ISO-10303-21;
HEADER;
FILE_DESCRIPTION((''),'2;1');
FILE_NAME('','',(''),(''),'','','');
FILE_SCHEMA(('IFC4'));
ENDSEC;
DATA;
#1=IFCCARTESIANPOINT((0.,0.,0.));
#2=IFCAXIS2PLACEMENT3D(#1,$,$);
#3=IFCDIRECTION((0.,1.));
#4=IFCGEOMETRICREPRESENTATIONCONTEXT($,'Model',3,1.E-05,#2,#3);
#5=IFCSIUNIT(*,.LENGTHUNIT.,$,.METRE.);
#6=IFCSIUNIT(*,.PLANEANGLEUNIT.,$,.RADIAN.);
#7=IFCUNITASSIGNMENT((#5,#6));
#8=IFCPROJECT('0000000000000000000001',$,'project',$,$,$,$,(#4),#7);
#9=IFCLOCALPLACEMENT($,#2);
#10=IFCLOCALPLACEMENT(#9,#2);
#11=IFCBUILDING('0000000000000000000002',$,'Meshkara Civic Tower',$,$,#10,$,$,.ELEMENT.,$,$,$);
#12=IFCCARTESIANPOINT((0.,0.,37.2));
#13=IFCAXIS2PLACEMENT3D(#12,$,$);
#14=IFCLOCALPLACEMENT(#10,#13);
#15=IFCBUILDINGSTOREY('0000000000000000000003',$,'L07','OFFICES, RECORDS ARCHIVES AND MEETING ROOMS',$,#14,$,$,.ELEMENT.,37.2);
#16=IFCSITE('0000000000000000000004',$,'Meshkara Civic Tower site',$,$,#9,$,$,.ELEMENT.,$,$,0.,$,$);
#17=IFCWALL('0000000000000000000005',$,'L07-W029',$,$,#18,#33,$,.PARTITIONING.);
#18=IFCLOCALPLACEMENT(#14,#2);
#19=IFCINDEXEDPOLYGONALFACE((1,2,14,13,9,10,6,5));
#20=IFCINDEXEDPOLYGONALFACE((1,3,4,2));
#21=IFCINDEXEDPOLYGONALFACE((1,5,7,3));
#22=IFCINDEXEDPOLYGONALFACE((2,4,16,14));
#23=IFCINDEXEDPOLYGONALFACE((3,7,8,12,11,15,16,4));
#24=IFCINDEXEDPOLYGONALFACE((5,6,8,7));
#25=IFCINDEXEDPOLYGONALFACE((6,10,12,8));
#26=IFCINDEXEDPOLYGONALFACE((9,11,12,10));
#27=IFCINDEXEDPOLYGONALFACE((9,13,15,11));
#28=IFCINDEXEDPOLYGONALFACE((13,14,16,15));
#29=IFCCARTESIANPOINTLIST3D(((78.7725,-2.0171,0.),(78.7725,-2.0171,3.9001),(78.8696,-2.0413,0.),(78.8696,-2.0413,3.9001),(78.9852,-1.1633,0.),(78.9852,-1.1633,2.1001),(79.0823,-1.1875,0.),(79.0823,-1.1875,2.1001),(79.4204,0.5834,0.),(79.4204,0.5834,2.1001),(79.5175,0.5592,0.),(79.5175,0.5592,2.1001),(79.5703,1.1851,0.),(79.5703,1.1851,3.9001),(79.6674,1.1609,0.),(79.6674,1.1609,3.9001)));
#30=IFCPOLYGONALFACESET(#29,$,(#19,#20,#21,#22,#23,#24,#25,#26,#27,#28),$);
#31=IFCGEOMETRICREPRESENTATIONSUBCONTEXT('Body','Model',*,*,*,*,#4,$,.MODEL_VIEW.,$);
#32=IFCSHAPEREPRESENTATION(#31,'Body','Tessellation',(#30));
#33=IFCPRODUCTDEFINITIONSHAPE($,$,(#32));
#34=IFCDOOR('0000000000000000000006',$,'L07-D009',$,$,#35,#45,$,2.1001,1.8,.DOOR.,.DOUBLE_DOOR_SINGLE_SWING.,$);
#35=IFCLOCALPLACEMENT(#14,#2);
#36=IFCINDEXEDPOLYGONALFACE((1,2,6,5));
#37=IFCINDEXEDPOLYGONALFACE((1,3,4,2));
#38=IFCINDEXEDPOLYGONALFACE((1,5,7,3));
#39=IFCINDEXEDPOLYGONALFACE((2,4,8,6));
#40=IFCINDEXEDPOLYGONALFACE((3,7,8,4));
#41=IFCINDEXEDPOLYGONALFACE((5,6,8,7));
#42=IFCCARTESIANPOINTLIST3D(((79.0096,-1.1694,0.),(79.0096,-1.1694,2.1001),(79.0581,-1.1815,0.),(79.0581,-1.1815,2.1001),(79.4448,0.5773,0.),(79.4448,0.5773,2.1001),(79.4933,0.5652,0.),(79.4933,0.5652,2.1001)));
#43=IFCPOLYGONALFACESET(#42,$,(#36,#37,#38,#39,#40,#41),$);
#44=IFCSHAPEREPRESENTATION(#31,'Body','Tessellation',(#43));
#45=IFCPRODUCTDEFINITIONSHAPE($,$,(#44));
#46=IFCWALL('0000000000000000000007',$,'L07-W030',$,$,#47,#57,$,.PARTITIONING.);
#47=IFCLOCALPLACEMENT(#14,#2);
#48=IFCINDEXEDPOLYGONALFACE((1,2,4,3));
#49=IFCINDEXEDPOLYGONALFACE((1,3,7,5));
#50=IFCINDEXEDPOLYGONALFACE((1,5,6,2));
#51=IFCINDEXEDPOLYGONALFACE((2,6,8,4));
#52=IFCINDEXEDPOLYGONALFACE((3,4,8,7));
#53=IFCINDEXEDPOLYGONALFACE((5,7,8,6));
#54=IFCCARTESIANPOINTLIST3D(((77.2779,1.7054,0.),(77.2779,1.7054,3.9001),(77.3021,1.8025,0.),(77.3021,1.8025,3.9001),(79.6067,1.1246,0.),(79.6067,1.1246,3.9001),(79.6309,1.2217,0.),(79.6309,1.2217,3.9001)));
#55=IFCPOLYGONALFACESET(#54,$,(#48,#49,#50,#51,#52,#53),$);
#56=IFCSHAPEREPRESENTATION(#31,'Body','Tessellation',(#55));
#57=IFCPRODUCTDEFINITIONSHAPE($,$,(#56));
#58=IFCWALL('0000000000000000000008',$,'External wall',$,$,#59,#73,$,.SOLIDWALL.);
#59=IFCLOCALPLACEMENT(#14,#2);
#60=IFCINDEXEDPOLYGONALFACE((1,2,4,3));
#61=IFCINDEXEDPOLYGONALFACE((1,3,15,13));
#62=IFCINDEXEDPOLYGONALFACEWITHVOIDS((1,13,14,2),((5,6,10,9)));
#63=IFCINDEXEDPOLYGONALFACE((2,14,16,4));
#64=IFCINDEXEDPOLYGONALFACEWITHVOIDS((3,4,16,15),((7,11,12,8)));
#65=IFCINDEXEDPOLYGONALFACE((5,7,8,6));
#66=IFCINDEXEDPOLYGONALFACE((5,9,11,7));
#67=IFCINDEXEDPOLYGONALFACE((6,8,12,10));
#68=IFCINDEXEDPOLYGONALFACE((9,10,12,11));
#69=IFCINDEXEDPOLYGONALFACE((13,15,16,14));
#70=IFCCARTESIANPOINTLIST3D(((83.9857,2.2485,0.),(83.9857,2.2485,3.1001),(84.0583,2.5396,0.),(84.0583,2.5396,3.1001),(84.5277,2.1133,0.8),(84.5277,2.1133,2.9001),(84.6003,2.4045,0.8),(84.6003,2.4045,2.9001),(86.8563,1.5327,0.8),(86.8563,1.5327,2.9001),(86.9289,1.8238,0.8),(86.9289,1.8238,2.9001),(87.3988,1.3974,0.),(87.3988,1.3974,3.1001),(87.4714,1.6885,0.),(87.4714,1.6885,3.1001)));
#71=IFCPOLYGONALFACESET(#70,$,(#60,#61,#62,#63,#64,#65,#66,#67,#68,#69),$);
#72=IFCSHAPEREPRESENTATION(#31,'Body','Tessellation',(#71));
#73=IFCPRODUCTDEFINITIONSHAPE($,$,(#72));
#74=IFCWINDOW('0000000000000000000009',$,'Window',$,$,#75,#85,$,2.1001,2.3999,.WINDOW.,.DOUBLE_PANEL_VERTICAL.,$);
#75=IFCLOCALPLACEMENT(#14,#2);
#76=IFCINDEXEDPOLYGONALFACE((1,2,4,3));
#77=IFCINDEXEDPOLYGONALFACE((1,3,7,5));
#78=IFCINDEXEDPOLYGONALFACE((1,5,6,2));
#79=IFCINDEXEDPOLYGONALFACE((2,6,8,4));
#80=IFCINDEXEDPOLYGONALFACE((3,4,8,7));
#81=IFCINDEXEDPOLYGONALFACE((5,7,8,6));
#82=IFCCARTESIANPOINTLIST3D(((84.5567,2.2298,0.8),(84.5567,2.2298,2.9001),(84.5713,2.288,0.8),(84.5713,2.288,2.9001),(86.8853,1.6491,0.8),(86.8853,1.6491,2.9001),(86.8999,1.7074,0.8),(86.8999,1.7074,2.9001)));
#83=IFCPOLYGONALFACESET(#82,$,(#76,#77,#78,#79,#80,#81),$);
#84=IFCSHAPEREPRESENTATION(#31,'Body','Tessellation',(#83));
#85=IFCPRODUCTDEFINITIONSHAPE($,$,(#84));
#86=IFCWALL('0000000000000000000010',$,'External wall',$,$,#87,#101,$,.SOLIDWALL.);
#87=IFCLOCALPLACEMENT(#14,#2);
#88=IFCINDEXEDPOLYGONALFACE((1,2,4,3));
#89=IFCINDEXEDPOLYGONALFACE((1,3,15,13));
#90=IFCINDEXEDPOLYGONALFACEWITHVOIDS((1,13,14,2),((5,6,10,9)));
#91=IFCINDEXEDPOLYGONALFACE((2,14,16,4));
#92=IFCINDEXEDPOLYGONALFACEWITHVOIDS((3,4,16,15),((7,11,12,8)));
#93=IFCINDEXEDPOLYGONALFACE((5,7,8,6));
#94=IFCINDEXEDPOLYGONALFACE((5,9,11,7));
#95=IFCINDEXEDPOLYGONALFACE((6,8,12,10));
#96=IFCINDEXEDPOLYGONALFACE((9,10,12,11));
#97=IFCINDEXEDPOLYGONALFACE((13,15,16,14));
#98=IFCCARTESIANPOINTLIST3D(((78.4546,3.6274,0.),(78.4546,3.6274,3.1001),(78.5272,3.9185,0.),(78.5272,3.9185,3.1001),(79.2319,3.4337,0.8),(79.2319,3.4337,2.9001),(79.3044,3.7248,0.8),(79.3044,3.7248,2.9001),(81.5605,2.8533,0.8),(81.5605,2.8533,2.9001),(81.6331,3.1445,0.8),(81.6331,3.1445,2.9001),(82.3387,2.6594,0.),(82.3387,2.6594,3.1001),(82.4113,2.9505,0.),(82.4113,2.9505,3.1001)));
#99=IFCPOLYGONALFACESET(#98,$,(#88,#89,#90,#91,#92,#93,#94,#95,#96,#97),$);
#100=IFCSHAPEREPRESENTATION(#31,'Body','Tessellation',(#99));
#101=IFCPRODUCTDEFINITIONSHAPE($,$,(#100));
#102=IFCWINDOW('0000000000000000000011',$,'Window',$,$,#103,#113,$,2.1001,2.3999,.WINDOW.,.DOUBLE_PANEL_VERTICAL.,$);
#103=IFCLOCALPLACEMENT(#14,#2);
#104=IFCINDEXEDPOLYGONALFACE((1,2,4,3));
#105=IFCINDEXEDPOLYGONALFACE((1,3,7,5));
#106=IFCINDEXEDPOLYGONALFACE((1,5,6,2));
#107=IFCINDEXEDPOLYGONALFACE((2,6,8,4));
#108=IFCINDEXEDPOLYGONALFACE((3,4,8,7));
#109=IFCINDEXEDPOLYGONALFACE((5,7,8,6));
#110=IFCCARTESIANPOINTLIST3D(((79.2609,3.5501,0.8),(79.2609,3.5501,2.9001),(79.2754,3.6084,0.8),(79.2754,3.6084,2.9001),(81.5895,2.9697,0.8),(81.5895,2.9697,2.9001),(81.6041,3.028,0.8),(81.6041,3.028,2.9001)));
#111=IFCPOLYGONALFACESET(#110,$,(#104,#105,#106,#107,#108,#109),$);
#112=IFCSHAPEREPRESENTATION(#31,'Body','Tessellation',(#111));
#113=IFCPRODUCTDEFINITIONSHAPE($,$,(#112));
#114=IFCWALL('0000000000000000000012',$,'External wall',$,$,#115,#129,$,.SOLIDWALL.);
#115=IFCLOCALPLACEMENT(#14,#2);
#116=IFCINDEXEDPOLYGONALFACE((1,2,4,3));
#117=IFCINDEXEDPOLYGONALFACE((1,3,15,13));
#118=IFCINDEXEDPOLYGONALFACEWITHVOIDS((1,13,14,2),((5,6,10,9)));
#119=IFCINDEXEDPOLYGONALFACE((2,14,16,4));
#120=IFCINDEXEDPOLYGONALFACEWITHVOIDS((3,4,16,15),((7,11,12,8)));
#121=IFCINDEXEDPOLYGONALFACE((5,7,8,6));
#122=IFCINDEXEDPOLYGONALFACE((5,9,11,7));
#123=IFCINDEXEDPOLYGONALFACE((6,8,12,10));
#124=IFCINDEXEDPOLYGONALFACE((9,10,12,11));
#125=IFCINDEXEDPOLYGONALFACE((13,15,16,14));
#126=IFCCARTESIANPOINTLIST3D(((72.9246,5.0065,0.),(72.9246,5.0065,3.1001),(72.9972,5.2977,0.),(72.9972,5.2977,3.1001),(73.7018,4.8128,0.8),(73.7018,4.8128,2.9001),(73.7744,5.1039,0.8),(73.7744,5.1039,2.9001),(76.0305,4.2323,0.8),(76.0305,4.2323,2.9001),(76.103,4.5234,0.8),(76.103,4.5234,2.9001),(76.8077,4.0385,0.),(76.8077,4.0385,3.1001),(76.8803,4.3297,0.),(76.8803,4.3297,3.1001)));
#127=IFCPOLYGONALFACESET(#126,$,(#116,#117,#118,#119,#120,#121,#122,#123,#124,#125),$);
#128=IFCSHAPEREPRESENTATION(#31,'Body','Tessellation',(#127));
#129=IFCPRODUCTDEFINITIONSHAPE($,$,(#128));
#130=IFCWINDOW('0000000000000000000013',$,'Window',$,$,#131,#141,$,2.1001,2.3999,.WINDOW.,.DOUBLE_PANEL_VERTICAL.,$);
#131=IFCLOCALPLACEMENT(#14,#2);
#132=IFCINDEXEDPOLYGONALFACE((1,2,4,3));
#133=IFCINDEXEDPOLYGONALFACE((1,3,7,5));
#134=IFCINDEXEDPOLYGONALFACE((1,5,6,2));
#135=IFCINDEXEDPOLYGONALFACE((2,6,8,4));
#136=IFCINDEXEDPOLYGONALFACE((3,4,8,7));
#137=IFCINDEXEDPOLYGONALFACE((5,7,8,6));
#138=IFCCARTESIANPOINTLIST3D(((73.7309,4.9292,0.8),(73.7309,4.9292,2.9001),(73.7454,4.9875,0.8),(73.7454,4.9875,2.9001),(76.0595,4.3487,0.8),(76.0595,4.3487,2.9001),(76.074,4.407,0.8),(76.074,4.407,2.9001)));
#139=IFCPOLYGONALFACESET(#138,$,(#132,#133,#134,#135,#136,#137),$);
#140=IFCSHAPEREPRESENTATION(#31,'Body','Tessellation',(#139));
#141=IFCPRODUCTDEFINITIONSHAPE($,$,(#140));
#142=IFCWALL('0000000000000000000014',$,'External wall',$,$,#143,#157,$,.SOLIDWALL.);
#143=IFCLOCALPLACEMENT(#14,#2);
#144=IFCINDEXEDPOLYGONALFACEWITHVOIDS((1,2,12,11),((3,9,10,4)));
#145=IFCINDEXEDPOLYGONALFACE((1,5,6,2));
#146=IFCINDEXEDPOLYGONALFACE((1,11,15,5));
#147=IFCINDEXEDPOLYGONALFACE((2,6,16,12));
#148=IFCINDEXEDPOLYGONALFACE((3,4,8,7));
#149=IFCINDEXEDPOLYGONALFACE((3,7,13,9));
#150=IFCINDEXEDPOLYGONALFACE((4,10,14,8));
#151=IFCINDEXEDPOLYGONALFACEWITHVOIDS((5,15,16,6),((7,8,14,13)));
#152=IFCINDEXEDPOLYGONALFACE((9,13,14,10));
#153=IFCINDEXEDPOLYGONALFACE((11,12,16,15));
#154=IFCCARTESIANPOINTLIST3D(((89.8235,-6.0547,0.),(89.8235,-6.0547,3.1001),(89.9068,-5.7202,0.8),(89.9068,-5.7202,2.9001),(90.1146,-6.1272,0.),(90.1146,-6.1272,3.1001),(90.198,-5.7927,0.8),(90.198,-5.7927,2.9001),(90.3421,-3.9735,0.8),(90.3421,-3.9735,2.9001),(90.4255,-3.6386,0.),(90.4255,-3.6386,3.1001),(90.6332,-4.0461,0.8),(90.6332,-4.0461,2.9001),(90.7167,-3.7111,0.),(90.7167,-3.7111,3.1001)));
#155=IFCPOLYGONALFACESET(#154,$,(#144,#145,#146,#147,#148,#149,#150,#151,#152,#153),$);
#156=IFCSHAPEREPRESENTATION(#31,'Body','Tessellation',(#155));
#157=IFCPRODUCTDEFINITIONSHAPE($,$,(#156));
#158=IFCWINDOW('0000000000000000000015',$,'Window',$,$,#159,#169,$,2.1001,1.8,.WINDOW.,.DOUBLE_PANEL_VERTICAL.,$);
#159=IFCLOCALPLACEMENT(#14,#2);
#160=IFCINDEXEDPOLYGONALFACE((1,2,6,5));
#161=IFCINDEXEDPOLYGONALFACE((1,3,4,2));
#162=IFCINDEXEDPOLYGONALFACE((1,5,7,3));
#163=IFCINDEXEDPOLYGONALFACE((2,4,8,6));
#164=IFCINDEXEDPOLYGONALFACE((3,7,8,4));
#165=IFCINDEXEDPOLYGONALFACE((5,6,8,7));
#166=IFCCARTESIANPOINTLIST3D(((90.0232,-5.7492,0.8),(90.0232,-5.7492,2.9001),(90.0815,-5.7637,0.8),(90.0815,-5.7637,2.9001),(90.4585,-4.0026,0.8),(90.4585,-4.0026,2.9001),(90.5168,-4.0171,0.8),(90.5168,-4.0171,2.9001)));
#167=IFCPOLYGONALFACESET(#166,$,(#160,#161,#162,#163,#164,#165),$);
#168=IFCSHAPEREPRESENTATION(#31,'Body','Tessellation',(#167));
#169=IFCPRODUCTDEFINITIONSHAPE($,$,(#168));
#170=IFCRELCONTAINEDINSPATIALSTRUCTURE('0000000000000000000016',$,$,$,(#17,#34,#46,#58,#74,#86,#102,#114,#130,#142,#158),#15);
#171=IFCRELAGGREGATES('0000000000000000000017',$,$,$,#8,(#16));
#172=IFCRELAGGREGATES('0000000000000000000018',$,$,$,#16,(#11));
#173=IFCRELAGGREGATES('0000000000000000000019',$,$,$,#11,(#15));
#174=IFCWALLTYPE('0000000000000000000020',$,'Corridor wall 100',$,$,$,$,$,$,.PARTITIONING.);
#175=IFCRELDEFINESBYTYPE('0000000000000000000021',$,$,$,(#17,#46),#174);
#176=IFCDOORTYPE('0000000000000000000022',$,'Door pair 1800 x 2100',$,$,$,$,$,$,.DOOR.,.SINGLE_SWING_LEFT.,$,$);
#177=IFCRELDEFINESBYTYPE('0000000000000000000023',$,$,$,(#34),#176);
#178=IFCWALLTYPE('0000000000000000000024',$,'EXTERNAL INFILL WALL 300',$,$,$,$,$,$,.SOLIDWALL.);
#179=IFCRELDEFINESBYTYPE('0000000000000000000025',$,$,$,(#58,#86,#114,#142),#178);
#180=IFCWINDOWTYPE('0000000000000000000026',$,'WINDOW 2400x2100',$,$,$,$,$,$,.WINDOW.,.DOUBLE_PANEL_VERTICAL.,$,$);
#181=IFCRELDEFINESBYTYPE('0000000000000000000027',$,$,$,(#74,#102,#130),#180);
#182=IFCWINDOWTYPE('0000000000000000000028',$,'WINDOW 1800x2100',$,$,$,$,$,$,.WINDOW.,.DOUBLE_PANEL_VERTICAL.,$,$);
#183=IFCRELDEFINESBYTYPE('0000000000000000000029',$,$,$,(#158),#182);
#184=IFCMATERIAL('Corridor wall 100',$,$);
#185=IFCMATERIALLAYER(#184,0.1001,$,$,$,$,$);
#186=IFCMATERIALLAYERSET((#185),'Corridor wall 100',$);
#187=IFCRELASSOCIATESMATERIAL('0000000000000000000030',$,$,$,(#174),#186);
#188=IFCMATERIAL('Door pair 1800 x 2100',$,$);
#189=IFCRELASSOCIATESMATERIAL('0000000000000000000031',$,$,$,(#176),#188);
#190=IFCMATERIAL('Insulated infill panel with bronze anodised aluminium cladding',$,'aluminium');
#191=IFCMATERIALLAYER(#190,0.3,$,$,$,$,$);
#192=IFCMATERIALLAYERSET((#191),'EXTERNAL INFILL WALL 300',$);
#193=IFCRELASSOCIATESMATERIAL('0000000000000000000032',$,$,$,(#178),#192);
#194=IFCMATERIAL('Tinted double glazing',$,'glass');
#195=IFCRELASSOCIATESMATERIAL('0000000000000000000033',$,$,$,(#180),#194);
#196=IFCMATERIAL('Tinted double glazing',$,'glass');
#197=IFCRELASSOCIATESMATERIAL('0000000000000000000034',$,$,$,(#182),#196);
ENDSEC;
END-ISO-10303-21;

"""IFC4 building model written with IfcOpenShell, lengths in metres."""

from ifc_helpers import new_model, si_unit, direction, frame, frame_2d, origin, place, context, subcontext, project, spatial, rectangle, extrude, material, layer, layer_set, type_object, element, fill, save


model = new_model("IFC4")

# Units and contexts
model_context = context("Model", 3, precision=1e-05, world=origin(), true_north=direction((0.0, 1.0)))
body_context = subcontext(model_context, "Body", "Model", "MODEL_VIEW")
ifc_project = project(units=[si_unit("LENGTHUNIT", "METRE"), si_unit("PLANEANGLEUNIT", "RADIAN")], contexts=[model_context])

# Site, building, storey
site_placement = place(None, origin())
site = spatial("IfcSite", under=ifc_project, at=site_placement, Name="Meshkara Civic Tower site", CompositionType="ELEMENT", RefElevation=0.0)
building_placement = place(site_placement, origin())
building = spatial("IfcBuilding", under=site, at=building_placement, Name="Meshkara Civic Tower", CompositionType="ELEMENT")
storey_placement = place(building_placement, frame((0.0, 0.0, 37.2)))
storey = spatial("IfcBuildingStorey", under=building, at=storey_placement, Name="L07", Description="OFFICES, RECORDS ARCHIVES AND MEETING ROOMS", CompositionType="ELEMENT", Elevation=37.2)

# Shared definitions
ifc_material_1 = material(Name="Corridor wall 100")
ifc_layer_1 = layer(ifc_material_1, 0.1001)
ifc_layer_set_1 = layer_set([ifc_layer_1], Name="Corridor wall 100")
wall_type_1 = type_object("IfcWallType", Name="Corridor wall 100", PredefinedType="PARTITIONING", material=ifc_layer_set_1)

# Wall, opening, door
wall_1_placement = place(storey_placement, frame((78.821, -2.0291, 0.0), z_axis=(0.0, 0.0, 1.0), x_axis=(0.24177, 0.970334, 0.0)))
wall_1 = element("IfcWall", 1, at=wall_1_placement, inside=storey, type_object=wall_type_1, Name="L07-W029", PredefinedType="PARTITIONING", context=body_context, shape_type="SweptSolid", body=[
    extrude(rectangle(XDim=3.3, YDim=0.1001, at=frame_2d((1.6499, 0.0))), origin(), (0.0, 0.0, 1.0), 3.9001),
])
opening_1_placement = place(wall_1_placement, frame((0.8799, 0.0, 0.0)))
opening_1 = element("IfcOpeningElement", 2, at=opening_1_placement, cuts=wall_1, PredefinedType="OPENING", context=body_context, shape_type="SweptSolid", body=[
    extrude(rectangle(XDim=1.8, YDim=2.1001, at=frame_2d((0.8999, 1.05))), frame((0.0, 0.0601, 0.0), z_axis=(0.0, -1.0, 0.0), x_axis=(1.0, 0.0, 0.0)), (0.0, 0.0, 1.0), 0.1201),
])
ifc_material_2 = material(Name="Door pair 1800 x 2100")
door_type_1 = type_object("IfcDoorType", Name="Door pair 1800 x 2100", OperationType="SINGLE_SWING_LEFT", PredefinedType="DOOR", material=ifc_material_2)
door_1_placement = place(opening_1_placement, origin())
door_1 = element("IfcDoor", 3, at=door_1_placement, inside=storey, type_object=door_type_1, Name="L07-D009", OperationType="DOUBLE_DOOR_SINGLE_SWING", OverallHeight=2.1001, OverallWidth=1.8, PredefinedType="DOOR", context=body_context, shape_type="SweptSolid", body=[
    extrude(rectangle(XDim=1.8, YDim=2.1001, at=frame_2d((0.8999, 1.05))), frame((0.0, 0.0249, 0.0), z_axis=(0.0, -1.0, 0.0), x_axis=(1.0, 0.0, 0.0)), (0.0, 0.0, 1.0), 0.05),
])
fill(opening_1, door_1)

# Wall
wall_2_placement = place(storey_placement, frame((79.6189, 1.1731, 0.0), z_axis=(0.0, 0.0, 1.0), x_axis=(-0.97028, 0.241985, 0.0)))
element("IfcWall", 4, at=wall_2_placement, inside=storey, type_object=wall_type_1, Name="L07-W030", PredefinedType="PARTITIONING", context=body_context, shape_type="SweptSolid", body=[
    extrude(rectangle(XDim=2.4001, YDim=0.1001, at=frame_2d((1.2002, 0.0))), origin(), (0.0, 0.0, 1.0), 3.9001),
])

# Walls, openings, windows
ifc_material_3 = material(Name="Insulated infill panel with bronze anodised aluminium cladding", Category="aluminium")
ifc_layer_2 = layer(ifc_material_3, 0.3)
ifc_layer_set_2 = layer_set([ifc_layer_2], Name="EXTERNAL INFILL WALL 300")
wall_type_2 = type_object("IfcWallType", Name="EXTERNAL INFILL WALL 300", PredefinedType="SOLIDWALL", material=ifc_layer_set_2)
wall_3_placement = place(storey_placement, frame((87.4351, 1.543, 0.0), z_axis=(0.0, 0.0, 1.0), x_axis=(-0.970289, 0.241948, 0.0)))
wall_3 = element("IfcWall", 5, at=wall_3_placement, inside=storey, type_object=wall_type_2, Name="External wall", PredefinedType="SOLIDWALL", context=body_context, shape_type="SweptSolid", body=[
    extrude(rectangle(XDim=3.5176, YDim=0.3, at=frame_2d((1.7588, 0.0))), origin(), (0.0, 0.0, 1.0), 3.1001),
])
opening_2_placement = place(wall_3_placement, frame((0.5591, 0.0, 0.8)))
opening_2 = element("IfcOpeningElement", 6, at=opening_2_placement, cuts=wall_3, PredefinedType="OPENING", context=body_context, shape_type="SweptSolid", body=[
    extrude(rectangle(XDim=2.3999, YDim=2.1001, at=frame_2d((1.2, 1.05))), frame((0.0, 0.1599, 0.0), z_axis=(0.0, -1.0, 0.0), x_axis=(1.0, 0.0, 0.0)), (0.0, 0.0, 1.0), 0.3201),
])
ifc_material_4 = material(Name="Tinted double glazing", Category="glass")
window_type_1 = type_object("IfcWindowType", Name="WINDOW 2400x2100", PartitioningType="DOUBLE_PANEL_VERTICAL", PredefinedType="WINDOW", material=ifc_material_4)
window_1_placement = place(opening_2_placement, origin())
window_1 = element("IfcWindow", 7, at=window_1_placement, inside=storey, type_object=window_type_1, Name="Window", OverallHeight=2.1001, OverallWidth=2.3999, PartitioningType="DOUBLE_PANEL_VERTICAL", PredefinedType="WINDOW", context=body_context, shape_type="SweptSolid", body=[
    extrude(rectangle(XDim=2.3999, YDim=2.1001, at=frame_2d((1.2, 1.05))), frame((0.0, 0.03, 0.0), z_axis=(0.0, -1.0, 0.0), x_axis=(1.0, 0.0, 0.0)), (0.0, 0.0, 1.0), 0.0601),
])
fill(opening_2, window_1)
wall_4_placement = place(storey_placement, frame((82.375, 2.8049, 0.0), z_axis=(0.0, 0.0, 1.0), x_axis=(-0.970318, 0.241832, 0.0)))
wall_4 = element("IfcWall", 8, at=wall_4_placement, inside=storey, type_object=wall_type_2, Name="External wall", PredefinedType="SOLIDWALL", context=body_context, shape_type="SweptSolid", body=[
    extrude(rectangle(XDim=4.0029, YDim=0.3, at=frame_2d((2.0015, 0.0))), origin(), (0.0, 0.0, 1.0), 3.1001),
])
opening_3_placement = place(wall_4_placement, frame((0.802, 0.0, 0.8)))
opening_3 = element("IfcOpeningElement", 9, at=opening_3_placement, cuts=wall_4, PredefinedType="OPENING", context=body_context, shape_type="SweptSolid", body=[
    extrude(rectangle(XDim=2.3999, YDim=2.1001, at=frame_2d((1.2, 1.05))), frame((0.0, 0.1599, 0.0), z_axis=(0.0, -1.0, 0.0), x_axis=(1.0, 0.0, 0.0)), (0.0, 0.0, 1.0), 0.3201),
])
window_2_placement = place(opening_3_placement, origin())
window_2 = element("IfcWindow", 10, at=window_2_placement, inside=storey, type_object=window_type_1, Name="Window", OverallHeight=2.1001, OverallWidth=2.3999, PartitioningType="DOUBLE_PANEL_VERTICAL", PredefinedType="WINDOW", context=body_context, shape_type="SweptSolid", body=[
    extrude(rectangle(XDim=2.3999, YDim=2.1001, at=frame_2d((1.2, 1.05))), frame((0.0, 0.03, 0.0), z_axis=(0.0, -1.0, 0.0), x_axis=(1.0, 0.0, 0.0)), (0.0, 0.0, 1.0), 0.0601),
])
fill(opening_3, window_2)
wall_5_placement = place(storey_placement, frame((76.844, 4.1841, 0.0), z_axis=(0.0, 0.0, 1.0), x_axis=(-0.970304, 0.24189, 0.0)))
wall_5 = element("IfcWall", 11, at=wall_5_placement, inside=storey, type_object=wall_type_2, Name="External wall", PredefinedType="SOLIDWALL", context=body_context, shape_type="SweptSolid", body=[
    extrude(rectangle(XDim=4.002, YDim=0.3, at=frame_2d((2.001, 0.0))), origin(), (0.0, 0.0, 1.0), 3.1001),
])
opening_4_placement = place(wall_5_placement, frame((0.801, 0.0, 0.8)))
opening_4 = element("IfcOpeningElement", 12, at=opening_4_placement, cuts=wall_5, PredefinedType="OPENING", context=body_context, shape_type="SweptSolid", body=[
    extrude(rectangle(XDim=2.3999, YDim=2.1001, at=frame_2d((1.2, 1.05))), frame((0.0, 0.1599, 0.0), z_axis=(0.0, -1.0, 0.0), x_axis=(1.0, 0.0, 0.0)), (0.0, 0.0, 1.0), 0.3201),
])
window_3_placement = place(opening_4_placement, origin())
window_3 = element("IfcWindow", 13, at=window_3_placement, inside=storey, type_object=window_type_1, Name="Window", OverallHeight=2.1001, OverallWidth=2.3999, PartitioningType="DOUBLE_PANEL_VERTICAL", PredefinedType="WINDOW", context=body_context, shape_type="SweptSolid", body=[
    extrude(rectangle(XDim=2.3999, YDim=2.1001, at=frame_2d((1.2, 1.05))), frame((0.0, 0.03, 0.0), z_axis=(0.0, -1.0, 0.0), x_axis=(1.0, 0.0, 0.0)), (0.0, 0.0, 1.0), 0.0601),
])
fill(opening_4, window_3)
wall_6_placement = place(storey_placement, frame((89.969, -6.0911, 0.0), z_axis=(0.0, 0.0, 1.0), x_axis=(0.241797, 0.970327, 0.0)))
wall_6 = element("IfcWall", 14, at=wall_6_placement, inside=storey, type_object=wall_type_2, Name="External wall", PredefinedType="SOLIDWALL", context=body_context, shape_type="SweptSolid", body=[
    extrude(rectangle(XDim=2.49, YDim=0.3, at=frame_2d((1.2451, 0.0))), origin(), (0.0, 0.0, 1.0), 3.1001),
])
opening_5_placement = place(wall_6_placement, frame((0.345, 0.0, 0.8)))
opening_5 = element("IfcOpeningElement", 15, at=opening_5_placement, cuts=wall_6, PredefinedType="OPENING", context=body_context, shape_type="SweptSolid", body=[
    extrude(rectangle(XDim=1.8, YDim=2.1001, at=frame_2d((0.8999, 1.05))), frame((0.0, 0.1599, 0.0), z_axis=(0.0, -1.0, 0.0), x_axis=(1.0, 0.0, 0.0)), (0.0, 0.0, 1.0), 0.3201),
])
ifc_material_5 = material(Name="Tinted double glazing", Category="glass")
window_type_2 = type_object("IfcWindowType", Name="WINDOW 1800x2100", PartitioningType="DOUBLE_PANEL_VERTICAL", PredefinedType="WINDOW", material=ifc_material_5)
window_4_placement = place(opening_5_placement, origin())
window_4 = element("IfcWindow", 16, at=window_4_placement, inside=storey, type_object=window_type_2, Name="Window", OverallHeight=2.1001, OverallWidth=1.8, PartitioningType="DOUBLE_PANEL_VERTICAL", PredefinedType="WINDOW", context=body_context, shape_type="SweptSolid", body=[
    extrude(rectangle(XDim=1.8, YDim=2.1001, at=frame_2d((0.8999, 1.05))), frame((0.0, 0.03, 0.0), z_axis=(0.0, -1.0, 0.0), x_axis=(1.0, 0.0, 0.0)), (0.0, 0.0, 1.0), 0.0601),
])
fill(opening_5, window_4)

save(model, "model.ifc")
